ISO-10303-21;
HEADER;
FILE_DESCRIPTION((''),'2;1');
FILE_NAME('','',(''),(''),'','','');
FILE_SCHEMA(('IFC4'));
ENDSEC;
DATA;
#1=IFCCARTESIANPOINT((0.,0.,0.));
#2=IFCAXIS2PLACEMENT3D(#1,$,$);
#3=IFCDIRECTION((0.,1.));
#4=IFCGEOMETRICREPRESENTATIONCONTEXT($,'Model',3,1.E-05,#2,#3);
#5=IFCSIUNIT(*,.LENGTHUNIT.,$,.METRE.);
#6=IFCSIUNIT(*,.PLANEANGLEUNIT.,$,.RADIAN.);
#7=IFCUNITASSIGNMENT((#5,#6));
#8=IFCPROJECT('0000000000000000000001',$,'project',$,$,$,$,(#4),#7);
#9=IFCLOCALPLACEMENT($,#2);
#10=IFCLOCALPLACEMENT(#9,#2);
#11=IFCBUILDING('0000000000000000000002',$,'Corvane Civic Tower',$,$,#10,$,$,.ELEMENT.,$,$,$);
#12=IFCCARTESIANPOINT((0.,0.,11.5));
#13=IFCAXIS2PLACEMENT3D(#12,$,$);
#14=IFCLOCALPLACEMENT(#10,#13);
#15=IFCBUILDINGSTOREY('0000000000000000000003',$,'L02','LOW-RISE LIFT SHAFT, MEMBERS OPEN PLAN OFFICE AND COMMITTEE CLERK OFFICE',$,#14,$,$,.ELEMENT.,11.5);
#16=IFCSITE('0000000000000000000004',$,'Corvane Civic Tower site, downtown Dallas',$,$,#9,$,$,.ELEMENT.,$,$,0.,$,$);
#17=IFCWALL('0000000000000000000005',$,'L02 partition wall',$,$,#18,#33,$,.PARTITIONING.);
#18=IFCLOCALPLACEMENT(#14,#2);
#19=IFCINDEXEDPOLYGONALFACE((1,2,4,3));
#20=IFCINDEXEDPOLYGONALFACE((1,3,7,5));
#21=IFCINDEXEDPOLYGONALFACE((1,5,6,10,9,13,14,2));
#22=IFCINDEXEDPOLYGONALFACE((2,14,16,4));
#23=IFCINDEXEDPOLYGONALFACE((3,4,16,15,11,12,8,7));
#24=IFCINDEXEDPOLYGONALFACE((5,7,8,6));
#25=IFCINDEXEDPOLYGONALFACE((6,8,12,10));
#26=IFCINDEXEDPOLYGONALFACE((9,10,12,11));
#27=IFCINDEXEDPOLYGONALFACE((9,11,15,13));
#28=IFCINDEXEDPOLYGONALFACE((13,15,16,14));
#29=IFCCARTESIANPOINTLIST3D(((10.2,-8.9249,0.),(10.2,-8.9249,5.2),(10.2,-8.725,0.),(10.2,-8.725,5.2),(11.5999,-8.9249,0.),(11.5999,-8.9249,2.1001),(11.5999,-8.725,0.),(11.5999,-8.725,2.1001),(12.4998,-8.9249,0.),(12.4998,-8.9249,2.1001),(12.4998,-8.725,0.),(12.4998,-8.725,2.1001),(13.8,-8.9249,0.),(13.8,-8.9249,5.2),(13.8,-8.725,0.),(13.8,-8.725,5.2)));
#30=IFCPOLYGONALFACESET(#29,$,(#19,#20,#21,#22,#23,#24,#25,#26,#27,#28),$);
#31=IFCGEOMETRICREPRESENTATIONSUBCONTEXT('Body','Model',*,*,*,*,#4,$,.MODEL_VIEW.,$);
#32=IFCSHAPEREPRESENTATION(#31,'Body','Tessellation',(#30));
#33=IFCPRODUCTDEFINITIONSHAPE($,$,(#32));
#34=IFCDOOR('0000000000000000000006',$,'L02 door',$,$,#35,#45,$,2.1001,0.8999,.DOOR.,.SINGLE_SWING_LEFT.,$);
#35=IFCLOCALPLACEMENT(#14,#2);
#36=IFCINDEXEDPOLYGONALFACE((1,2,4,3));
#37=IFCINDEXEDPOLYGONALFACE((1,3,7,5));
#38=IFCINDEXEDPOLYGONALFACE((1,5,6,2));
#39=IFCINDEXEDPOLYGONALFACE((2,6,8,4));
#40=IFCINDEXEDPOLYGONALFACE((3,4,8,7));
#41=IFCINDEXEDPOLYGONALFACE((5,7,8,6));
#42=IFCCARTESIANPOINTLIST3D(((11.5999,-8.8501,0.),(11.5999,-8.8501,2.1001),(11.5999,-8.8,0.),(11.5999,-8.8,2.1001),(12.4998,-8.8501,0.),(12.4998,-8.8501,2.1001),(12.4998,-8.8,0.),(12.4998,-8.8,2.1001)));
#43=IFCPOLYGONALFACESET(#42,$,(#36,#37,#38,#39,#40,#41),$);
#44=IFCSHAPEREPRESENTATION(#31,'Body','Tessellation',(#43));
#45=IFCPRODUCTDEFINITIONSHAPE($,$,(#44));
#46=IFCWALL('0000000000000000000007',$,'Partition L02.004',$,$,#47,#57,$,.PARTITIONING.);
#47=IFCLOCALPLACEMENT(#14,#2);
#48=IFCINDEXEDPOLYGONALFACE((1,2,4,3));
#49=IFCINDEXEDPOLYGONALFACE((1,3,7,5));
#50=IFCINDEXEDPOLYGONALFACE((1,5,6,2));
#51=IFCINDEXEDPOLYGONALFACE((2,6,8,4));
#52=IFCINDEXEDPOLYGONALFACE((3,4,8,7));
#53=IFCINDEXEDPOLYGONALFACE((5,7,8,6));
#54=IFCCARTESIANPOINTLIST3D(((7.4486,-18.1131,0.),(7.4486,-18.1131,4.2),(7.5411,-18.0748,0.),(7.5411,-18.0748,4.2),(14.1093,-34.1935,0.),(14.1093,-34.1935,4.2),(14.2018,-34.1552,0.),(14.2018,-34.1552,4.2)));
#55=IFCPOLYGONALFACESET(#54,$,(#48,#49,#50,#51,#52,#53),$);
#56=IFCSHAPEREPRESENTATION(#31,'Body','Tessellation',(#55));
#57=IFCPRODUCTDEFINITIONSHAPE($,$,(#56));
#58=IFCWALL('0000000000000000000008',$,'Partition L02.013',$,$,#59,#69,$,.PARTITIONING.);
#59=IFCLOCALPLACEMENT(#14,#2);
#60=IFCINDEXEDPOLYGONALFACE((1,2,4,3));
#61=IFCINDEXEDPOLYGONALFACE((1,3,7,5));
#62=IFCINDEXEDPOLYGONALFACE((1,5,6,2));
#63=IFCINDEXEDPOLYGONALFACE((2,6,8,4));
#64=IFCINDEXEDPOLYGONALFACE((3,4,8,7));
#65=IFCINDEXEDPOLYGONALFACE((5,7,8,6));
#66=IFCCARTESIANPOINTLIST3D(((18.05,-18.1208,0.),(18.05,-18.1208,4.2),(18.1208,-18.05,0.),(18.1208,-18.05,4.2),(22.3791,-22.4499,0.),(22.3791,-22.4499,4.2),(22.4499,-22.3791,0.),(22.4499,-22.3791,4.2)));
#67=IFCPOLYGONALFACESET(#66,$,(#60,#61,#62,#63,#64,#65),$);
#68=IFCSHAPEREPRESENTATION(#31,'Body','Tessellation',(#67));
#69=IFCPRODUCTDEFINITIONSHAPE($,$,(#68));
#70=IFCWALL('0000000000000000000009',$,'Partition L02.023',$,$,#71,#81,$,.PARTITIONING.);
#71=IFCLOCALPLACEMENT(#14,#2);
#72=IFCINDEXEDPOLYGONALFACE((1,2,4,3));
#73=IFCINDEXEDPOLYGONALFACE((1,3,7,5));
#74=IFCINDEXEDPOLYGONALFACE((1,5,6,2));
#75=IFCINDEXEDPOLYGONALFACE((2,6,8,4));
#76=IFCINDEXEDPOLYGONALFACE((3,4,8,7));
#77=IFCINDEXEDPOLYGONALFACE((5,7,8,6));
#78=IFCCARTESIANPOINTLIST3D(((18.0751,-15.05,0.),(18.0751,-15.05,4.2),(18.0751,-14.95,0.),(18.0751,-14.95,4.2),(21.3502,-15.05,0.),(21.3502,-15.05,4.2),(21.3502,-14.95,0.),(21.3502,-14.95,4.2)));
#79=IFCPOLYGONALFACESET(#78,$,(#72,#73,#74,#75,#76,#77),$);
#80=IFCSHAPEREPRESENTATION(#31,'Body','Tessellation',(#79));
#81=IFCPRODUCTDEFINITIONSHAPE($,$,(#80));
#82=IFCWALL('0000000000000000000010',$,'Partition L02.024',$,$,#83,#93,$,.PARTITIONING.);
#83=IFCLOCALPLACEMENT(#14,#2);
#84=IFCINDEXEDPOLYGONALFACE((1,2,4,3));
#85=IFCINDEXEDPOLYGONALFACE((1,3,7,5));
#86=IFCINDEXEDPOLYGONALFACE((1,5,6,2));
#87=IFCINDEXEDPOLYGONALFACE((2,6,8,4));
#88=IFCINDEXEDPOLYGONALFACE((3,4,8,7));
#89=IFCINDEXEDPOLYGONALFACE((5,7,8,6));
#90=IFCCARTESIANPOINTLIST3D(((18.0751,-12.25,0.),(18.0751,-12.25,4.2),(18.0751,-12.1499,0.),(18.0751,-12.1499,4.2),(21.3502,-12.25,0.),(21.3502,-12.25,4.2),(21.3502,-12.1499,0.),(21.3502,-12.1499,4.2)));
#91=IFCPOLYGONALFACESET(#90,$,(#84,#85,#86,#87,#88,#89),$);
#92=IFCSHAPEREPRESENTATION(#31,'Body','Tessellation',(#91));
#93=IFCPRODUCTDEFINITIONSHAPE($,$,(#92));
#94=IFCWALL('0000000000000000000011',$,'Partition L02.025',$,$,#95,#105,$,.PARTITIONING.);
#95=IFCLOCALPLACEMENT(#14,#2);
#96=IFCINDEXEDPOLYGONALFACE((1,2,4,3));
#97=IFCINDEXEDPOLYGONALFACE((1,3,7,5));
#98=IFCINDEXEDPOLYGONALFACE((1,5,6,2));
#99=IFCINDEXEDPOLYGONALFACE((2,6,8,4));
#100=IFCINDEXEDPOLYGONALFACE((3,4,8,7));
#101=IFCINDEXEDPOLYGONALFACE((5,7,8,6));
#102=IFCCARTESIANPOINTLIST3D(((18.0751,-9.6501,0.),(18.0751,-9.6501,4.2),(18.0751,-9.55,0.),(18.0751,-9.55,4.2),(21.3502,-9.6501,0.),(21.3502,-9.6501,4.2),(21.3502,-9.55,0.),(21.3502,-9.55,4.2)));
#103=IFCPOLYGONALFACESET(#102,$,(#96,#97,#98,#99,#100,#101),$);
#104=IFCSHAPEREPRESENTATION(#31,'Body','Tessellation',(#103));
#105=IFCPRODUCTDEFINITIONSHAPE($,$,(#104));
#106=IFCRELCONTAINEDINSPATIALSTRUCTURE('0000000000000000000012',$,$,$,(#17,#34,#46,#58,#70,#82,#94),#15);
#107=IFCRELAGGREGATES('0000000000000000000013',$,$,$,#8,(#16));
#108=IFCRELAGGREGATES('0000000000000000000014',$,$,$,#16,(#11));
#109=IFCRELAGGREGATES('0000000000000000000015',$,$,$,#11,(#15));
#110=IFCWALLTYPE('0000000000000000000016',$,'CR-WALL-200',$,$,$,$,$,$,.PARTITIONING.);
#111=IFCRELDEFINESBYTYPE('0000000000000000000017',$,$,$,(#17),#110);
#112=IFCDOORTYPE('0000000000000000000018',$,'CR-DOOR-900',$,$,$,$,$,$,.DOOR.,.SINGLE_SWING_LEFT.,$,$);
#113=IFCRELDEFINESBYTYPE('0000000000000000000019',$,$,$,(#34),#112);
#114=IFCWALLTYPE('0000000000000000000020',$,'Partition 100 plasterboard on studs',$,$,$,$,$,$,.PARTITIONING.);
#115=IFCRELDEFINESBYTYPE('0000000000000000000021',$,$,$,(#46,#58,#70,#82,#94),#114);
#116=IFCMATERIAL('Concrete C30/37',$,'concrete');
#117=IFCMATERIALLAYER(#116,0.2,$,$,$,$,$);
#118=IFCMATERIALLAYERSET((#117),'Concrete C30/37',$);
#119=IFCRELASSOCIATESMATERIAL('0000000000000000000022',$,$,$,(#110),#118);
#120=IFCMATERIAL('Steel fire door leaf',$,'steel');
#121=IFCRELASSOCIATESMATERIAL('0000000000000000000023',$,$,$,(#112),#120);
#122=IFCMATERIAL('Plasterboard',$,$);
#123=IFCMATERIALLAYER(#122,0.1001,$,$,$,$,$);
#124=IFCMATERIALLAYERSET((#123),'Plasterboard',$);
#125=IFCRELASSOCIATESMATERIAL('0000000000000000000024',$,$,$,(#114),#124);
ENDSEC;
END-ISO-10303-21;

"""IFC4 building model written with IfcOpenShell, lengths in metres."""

from ifc_helpers import new_model, si_unit, direction, frame, frame_2d, origin, place, context, subcontext, project, spatial, rectangle, extrude, material, layer, layer_set, type_object, element, fill, save


model = new_model("IFC4")

# Units and contexts
model_context = context("Model", 3, precision=1e-05, world=origin(), true_north=direction((0.0, 1.0)))
body_context = subcontext(model_context, "Body", "Model", "MODEL_VIEW")
ifc_project = project(units=[si_unit("LENGTHUNIT", "METRE"), si_unit("PLANEANGLEUNIT", "RADIAN")], contexts=[model_context])

# Site, building, storey
site_placement = place(None, origin())
site = spatial("IfcSite", under=ifc_project, at=site_placement, Name="Corvane Civic Tower site, downtown Dallas", CompositionType="ELEMENT", RefElevation=0.0)
building_placement = place(site_placement, origin())
building = spatial("IfcBuilding", under=site, at=building_placement, Name="Corvane Civic Tower", CompositionType="ELEMENT")
storey_placement = place(building_placement, frame((0.0, 0.0, 11.5)))
storey = spatial("IfcBuildingStorey", under=building, at=storey_placement, Name="L02", Description="LOW-RISE LIFT SHAFT, MEMBERS OPEN PLAN OFFICE AND COMMITTEE CLERK OFFICE", CompositionType="ELEMENT", Elevation=11.5)

# Wall, opening, door
ifc_material_1 = material(Name="Concrete C30/37", Category="concrete")
ifc_layer_1 = layer(ifc_material_1, 0.2)
ifc_layer_set_1 = layer_set([ifc_layer_1], Name="Concrete C30/37")
wall_type_1 = type_object("IfcWallType", Name="CR-WALL-200", PredefinedType="PARTITIONING", material=ifc_layer_set_1)
wall_1_placement = place(storey_placement, frame((10.2, -8.825, 0.0), z_axis=(0.0, 0.0, 1.0), x_axis=(1.0, 0.0, 0.0)))
wall_1 = element("IfcWall", 1, at=wall_1_placement, inside=storey, type_object=wall_type_1, Name="L02 partition wall", PredefinedType="PARTITIONING", context=body_context, shape_type="SweptSolid", body=[
    extrude(rectangle(XDim=3.6001, YDim=0.2, at=frame_2d((1.8, 0.0))), origin(), (0.0, 0.0, 1.0), 5.2),
])
opening_1_placement = place(wall_1_placement, frame((1.3999, 0.0, 0.0)))
opening_1 = element("IfcOpeningElement", 2, at=opening_1_placement, cuts=wall_1, PredefinedType="OPENING", context=body_context, shape_type="SweptSolid", body=[
    extrude(rectangle(XDim=0.8999, YDim=2.1001, at=frame_2d((0.45, 1.05))), frame((0.0, 0.1099, 0.0), z_axis=(0.0, -1.0, 0.0), x_axis=(1.0, 0.0, 0.0)), (0.0, 0.0, 1.0), 0.22),
])
ifc_material_2 = material(Name="Steel fire door leaf", Category="steel")
door_type_1 = type_object("IfcDoorType", Name="CR-DOOR-900", OperationType="SINGLE_SWING_LEFT", PredefinedType="DOOR", material=ifc_material_2)
door_1_placement = place(opening_1_placement, origin())
door_1 = element("IfcDoor", 3, at=door_1_placement, inside=storey, type_object=door_type_1, Name="L02 door", OperationType="SINGLE_SWING_LEFT", OverallHeight=2.1001, OverallWidth=0.8999, PredefinedType="DOOR", context=body_context, shape_type="SweptSolid", body=[
    extrude(rectangle(XDim=0.8999, YDim=2.1001, at=frame_2d((0.45, 1.05))), frame((0.0, 0.0249, 0.0), z_axis=(0.0, -1.0, 0.0), x_axis=(1.0, 0.0, 0.0)), (0.0, 0.0, 1.0), 0.05),
])
fill(opening_1, door_1)

# Walls
ifc_material_3 = material(Name="Plasterboard")
ifc_layer_2 = layer(ifc_material_3, 0.1001)
ifc_layer_set_2 = layer_set([ifc_layer_2], Name="Plasterboard")
wall_type_2 = type_object("IfcWallType", Name="Partition 100 plasterboard on studs", PredefinedType="PARTITIONING", material=ifc_layer_set_2)
wall_2_placement = place(storey_placement, frame((7.4949, -18.094, 0.0), z_axis=(0.0, 0.0, 1.0), x_axis=(0.382681, -0.92388, 0.0)))
element("IfcWall", 4, at=wall_2_placement, inside=storey, type_object=wall_type_2, Name="Partition L02.004", PredefinedType="PARTITIONING", context=body_context, shape_type="SweptSolid", body=[
    extrude(rectangle(XDim=17.4053, YDim=0.1001, at=frame_2d((8.7026, 0.0))), origin(), (0.0, 0.0, 1.0), 4.2),
])
wall_3_placement = place(storey_placement, frame((18.0854, -18.0854, 0.0), z_axis=(0.0, 0.0, 1.0), x_axis=(0.707107, -0.707107, 0.0)))
element("IfcWall", 5, at=wall_3_placement, inside=storey, type_object=wall_type_2, Name="Partition L02.013", PredefinedType="PARTITIONING", context=body_context, shape_type="SweptSolid", body=[
    extrude(rectangle(XDim=6.1223, YDim=0.1001, at=frame_2d((3.061, 0.0))), origin(), (0.0, 0.0, 1.0), 4.2),
])
for number, where, z_axis, x_axis, name in (
    (6, (18.075, -15.0, 0.0), (0.0, 0.0, 1.0), (1.0, 0.0, 0.0), "Partition L02.023"),
    (7, (18.075, -12.2, 0.0), (0.0, 0.0, 1.0), (1.0, 0.0, 0.0), "Partition L02.024"),
    (8, (18.075, -9.6001, 0.0), (0.0, 0.0, 1.0), (1.0, 0.0, 0.0), "Partition L02.025"),
):
    element("IfcWall", number, at=place(storey_placement, frame(where, z_axis=z_axis, x_axis=x_axis)), inside=storey, type_object=wall_type_2, Name=name, PredefinedType="PARTITIONING", context=body_context, shape_type="SweptSolid", body=[
        extrude(rectangle(XDim=3.2751, YDim=0.1001, at=frame_2d((1.6377, 0.0))), origin(), (0.0, 0.0, 1.0), 4.2),
    ])

save(model, "model.ifc")
